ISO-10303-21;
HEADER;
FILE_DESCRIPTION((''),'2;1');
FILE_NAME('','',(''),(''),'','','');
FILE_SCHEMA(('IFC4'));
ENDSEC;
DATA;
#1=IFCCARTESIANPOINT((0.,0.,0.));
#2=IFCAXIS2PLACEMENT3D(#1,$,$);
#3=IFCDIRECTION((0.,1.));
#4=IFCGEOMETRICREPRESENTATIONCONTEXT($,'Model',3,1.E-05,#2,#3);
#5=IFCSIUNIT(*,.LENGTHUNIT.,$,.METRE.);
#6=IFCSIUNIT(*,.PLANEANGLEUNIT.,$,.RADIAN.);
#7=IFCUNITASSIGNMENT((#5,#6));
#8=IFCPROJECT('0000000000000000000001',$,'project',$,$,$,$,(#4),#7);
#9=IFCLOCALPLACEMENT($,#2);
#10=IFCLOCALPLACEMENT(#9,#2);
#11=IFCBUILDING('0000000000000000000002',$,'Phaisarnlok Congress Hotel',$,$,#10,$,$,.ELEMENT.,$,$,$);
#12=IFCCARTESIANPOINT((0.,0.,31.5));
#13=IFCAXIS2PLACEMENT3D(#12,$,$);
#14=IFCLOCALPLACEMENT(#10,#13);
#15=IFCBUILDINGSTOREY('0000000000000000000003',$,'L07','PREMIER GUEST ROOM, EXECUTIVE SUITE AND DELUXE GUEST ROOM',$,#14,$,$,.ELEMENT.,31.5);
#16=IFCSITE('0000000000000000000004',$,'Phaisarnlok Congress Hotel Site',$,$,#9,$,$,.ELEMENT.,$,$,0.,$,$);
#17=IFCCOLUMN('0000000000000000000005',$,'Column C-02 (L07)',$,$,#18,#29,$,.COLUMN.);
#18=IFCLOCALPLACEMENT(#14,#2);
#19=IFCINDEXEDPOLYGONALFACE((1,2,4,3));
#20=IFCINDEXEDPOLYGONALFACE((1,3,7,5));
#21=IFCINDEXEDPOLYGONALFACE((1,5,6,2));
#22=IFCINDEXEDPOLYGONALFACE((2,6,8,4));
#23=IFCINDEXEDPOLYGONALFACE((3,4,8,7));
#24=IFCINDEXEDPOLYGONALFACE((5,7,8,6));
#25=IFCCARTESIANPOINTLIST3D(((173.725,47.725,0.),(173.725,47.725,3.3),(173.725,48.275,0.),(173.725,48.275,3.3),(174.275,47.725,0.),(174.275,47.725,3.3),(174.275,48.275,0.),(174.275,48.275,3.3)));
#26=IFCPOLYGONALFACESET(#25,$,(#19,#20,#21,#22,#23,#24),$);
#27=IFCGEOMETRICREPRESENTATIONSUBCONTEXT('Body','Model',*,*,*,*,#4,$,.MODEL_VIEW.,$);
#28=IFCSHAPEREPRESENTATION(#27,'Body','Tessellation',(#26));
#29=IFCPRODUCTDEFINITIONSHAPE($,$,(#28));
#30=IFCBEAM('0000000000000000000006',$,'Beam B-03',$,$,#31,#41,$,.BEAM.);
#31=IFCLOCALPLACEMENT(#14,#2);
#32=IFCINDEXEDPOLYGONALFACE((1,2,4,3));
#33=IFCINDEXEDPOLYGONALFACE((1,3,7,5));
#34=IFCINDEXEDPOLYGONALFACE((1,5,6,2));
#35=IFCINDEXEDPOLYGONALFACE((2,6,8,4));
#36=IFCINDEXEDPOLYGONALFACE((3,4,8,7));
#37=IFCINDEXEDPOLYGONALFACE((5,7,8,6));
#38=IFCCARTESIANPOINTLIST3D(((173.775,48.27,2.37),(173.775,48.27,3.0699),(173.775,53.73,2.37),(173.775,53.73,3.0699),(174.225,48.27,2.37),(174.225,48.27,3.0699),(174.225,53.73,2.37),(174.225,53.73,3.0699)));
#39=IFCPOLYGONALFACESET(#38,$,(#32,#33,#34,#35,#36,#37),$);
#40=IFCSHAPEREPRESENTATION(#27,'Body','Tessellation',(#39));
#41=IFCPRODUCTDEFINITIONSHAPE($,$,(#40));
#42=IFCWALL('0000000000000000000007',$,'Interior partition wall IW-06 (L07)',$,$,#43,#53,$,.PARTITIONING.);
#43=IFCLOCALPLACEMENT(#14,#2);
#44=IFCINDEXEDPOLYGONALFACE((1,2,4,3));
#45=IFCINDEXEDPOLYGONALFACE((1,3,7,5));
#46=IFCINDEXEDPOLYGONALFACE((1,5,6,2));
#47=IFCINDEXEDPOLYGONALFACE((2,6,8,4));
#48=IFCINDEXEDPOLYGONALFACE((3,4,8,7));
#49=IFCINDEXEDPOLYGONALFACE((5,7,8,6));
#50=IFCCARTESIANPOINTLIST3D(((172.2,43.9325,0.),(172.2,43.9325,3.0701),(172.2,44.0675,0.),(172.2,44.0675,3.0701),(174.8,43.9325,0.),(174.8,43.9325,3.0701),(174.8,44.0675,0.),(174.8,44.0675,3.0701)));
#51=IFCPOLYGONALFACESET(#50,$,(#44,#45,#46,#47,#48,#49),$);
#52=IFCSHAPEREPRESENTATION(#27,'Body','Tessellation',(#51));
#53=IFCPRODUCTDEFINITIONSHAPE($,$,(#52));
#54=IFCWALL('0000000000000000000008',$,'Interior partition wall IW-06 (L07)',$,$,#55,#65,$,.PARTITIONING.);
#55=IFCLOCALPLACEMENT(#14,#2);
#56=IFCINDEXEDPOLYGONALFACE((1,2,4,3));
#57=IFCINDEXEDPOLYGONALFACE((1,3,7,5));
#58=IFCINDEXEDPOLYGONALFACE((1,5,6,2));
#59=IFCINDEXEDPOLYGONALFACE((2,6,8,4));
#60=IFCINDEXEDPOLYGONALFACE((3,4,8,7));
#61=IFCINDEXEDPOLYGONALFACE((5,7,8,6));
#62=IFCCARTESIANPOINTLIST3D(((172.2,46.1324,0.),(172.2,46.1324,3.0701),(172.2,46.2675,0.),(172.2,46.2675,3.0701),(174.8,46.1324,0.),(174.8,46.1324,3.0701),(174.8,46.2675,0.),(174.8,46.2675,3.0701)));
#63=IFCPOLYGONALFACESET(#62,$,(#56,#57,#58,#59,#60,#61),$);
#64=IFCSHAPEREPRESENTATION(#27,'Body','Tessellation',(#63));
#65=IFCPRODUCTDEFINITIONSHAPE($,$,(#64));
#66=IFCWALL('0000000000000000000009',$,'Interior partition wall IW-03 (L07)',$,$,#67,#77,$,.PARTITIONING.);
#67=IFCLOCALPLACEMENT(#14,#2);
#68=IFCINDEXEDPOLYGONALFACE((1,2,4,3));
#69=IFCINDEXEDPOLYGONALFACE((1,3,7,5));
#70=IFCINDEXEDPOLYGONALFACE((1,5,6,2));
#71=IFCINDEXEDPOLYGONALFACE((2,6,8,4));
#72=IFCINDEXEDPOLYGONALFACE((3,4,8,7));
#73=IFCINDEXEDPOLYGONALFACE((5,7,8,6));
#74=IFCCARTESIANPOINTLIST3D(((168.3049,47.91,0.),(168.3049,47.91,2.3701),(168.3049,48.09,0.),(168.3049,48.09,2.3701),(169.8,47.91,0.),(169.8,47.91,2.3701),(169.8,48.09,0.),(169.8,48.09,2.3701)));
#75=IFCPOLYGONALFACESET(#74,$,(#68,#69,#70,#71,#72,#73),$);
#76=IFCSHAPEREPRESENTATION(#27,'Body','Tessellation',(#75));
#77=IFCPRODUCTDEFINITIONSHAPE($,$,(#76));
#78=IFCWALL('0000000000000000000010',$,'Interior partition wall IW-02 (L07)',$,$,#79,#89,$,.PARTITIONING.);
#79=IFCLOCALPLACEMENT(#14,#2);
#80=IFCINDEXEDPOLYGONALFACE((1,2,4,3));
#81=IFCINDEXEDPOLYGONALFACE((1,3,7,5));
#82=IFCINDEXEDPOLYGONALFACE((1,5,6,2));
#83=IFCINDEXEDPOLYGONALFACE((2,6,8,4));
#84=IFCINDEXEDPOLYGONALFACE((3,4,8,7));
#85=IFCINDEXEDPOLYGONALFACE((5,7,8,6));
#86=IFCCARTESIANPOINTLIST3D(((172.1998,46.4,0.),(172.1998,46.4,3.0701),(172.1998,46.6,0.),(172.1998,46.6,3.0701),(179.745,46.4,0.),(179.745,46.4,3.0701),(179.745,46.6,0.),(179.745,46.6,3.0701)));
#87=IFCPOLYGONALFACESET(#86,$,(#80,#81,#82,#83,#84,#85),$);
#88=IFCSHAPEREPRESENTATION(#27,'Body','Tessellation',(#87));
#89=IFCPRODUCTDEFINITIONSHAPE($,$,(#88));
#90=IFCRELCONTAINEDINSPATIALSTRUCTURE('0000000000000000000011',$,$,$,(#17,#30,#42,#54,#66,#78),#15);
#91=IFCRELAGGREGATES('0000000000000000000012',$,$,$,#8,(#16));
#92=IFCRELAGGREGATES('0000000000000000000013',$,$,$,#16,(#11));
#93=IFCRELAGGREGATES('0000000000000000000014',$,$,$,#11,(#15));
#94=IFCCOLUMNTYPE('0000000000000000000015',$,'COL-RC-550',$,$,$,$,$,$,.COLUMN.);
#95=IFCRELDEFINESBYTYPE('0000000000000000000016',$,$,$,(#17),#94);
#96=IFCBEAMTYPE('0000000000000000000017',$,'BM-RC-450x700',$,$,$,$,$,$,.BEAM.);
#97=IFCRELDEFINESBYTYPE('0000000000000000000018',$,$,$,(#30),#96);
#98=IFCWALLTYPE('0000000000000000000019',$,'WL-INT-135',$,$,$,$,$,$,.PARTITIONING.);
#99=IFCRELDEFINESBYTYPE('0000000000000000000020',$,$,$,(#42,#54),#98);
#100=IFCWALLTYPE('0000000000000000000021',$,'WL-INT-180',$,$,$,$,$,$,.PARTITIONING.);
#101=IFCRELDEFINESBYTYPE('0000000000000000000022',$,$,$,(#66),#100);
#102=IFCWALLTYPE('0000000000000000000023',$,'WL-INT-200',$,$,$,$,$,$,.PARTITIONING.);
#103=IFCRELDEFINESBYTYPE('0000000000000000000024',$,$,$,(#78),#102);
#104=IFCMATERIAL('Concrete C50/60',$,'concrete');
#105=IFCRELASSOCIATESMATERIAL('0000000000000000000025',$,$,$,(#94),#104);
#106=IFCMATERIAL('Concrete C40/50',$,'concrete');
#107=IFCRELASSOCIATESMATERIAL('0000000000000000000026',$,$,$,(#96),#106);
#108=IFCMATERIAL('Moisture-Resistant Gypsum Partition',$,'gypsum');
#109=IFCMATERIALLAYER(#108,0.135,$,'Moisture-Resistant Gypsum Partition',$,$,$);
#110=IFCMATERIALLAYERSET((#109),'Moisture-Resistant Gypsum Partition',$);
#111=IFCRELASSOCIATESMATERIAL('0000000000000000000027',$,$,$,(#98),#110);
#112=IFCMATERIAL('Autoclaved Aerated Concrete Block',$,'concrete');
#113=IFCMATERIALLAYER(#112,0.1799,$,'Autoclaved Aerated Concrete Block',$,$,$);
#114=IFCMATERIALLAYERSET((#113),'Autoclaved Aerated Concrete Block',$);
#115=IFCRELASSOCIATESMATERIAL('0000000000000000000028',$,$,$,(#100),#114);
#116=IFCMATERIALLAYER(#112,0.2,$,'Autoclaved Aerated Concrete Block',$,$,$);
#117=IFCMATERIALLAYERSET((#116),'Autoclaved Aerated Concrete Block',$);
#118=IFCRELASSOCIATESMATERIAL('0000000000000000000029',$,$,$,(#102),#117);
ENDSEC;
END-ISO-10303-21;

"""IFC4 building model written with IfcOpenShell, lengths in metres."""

from ifc_helpers import new_model, si_unit, direction, frame, frame_2d, origin, origin_2d, place, context, subcontext, project, spatial, rectangle, extrude, material, layer, layer_set, material_profile, profile_set, type_object, element, save


model = new_model("IFC4")

# Units and contexts
model_context = context("Model", 3, precision=1e-05, world=origin(), true_north=direction((0.0, 1.0)))
body_context = subcontext(model_context, "Body", "Model", "MODEL_VIEW")
ifc_project = project(units=[si_unit("LENGTHUNIT", "METRE"), si_unit("PLANEANGLEUNIT", "RADIAN")], contexts=[model_context])

# Site, building, storey
site_placement = place(None, origin())
site = spatial("IfcSite", under=ifc_project, at=site_placement, Name="Phaisarnlok Congress Hotel Site", CompositionType="ELEMENT", RefElevation=0.0)
building_placement = place(site_placement, origin())
building = spatial("IfcBuilding", under=site, at=building_placement, Name="Phaisarnlok Congress Hotel", CompositionType="ELEMENT")
storey_placement = place(building_placement, frame((0.0, 0.0, 31.5)))
storey = spatial("IfcBuildingStorey", under=building, at=storey_placement, Name="L07", Description="PREMIER GUEST ROOM, EXECUTIVE SUITE AND DELUXE GUEST ROOM", CompositionType="ELEMENT", Elevation=31.5)

# Column
ifc_material_1 = material(Name="Concrete C50/60", Category="concrete")
ifc_material_profile_1 = material_profile(ifc_material_1, rectangle(XDim=0.55, YDim=0.55, at=origin_2d()), Name="RC 550x550")
ifc_profile_set_1 = profile_set([ifc_material_profile_1], Name="Concrete C50/60")
column_type = type_object("IfcColumnType", Name="COL-RC-550", PredefinedType="COLUMN", material=ifc_profile_set_1)
column_placement = place(storey_placement, frame((174.0, 48.0, 0.0), z_axis=(0.0, 0.0, 1.0), x_axis=(1.0, 0.0, 0.0)))
element("IfcColumn", 1, at=column_placement, inside=storey, type_object=column_type, Name="Column C-02 (L07)", PredefinedType="COLUMN", context=body_context, shape_type="SweptSolid", body=[
    extrude(rectangle(XDim=0.55, YDim=0.55, at=origin_2d()), origin(), (0.0, 0.0, 1.0), 3.3),
])

# Beam
ifc_material_2 = material(Name="Concrete C40/50", Category="concrete")
ifc_material_profile_2 = material_profile(ifc_material_2, rectangle(XDim=0.45, YDim=0.7, at=origin_2d()), Name="RC 450x700")
ifc_profile_set_2 = profile_set([ifc_material_profile_2], Name="Concrete C40/50")
beam_type = type_object("IfcBeamType", Name="BM-RC-450x700", PredefinedType="BEAM", material=ifc_profile_set_2)
beam_placement = place(storey_placement, frame((174.0, 48.27, 2.72), z_axis=(0.0, 1.0, 0.0), x_axis=(-1.0, 0.0, 0.0)))
element("IfcBeam", 2, at=beam_placement, inside=storey, type_object=beam_type, Name="Beam B-03", PredefinedType="BEAM", context=body_context, shape_type="SweptSolid", body=[
    extrude(rectangle(XDim=0.45, YDim=0.7, at=origin_2d()), origin(), (0.0, 0.0, 1.0), 5.46),
])

# Walls
ifc_material_3 = material(Name="Moisture-Resistant Gypsum Partition", Category="gypsum")
ifc_layer_1 = layer(ifc_material_3, 0.135, Name="Moisture-Resistant Gypsum Partition")
ifc_layer_set_1 = layer_set([ifc_layer_1], Name="Moisture-Resistant Gypsum Partition")
wall_type_1 = type_object("IfcWallType", Name="WL-INT-135", PredefinedType="PARTITIONING", material=ifc_layer_set_1)
for number, where, z_axis, x_axis, name in (
    (3, (172.2, 44.0, 0.0), (0.0, 0.0, 1.0), (1.0, 0.0, 0.0), "Interior partition wall IW-06 (L07)"),
    (4, (172.2, 46.2, 0.0), (0.0, 0.0, 1.0), (1.0, 0.0, 0.0), "Interior partition wall IW-06 (L07)"),
):
    element("IfcWall", number, at=place(storey_placement, frame(where, z_axis=z_axis, x_axis=x_axis)), inside=storey, type_object=wall_type_1, Name=name, PredefinedType="PARTITIONING", context=body_context, shape_type="SweptSolid", body=[
        extrude(rectangle(XDim=2.6001, YDim=0.135, at=frame_2d((1.3, 0.0))), origin(), (0.0, 0.0, 1.0), 3.0701),
    ])
ifc_material_4 = material(Name="Autoclaved Aerated Concrete Block", Category="concrete")
ifc_layer_2 = layer(ifc_material_4, 0.1799, Name="Autoclaved Aerated Concrete Block")
ifc_layer_set_2 = layer_set([ifc_layer_2], Name="Autoclaved Aerated Concrete Block")
wall_type_2 = type_object("IfcWallType", Name="WL-INT-180", PredefinedType="PARTITIONING", material=ifc_layer_set_2)
wall_1_placement = place(storey_placement, frame((168.3049, 48.0, 0.0), z_axis=(0.0, 0.0, 1.0), x_axis=(1.0, 0.0, 0.0)))
element("IfcWall", 5, at=wall_1_placement, inside=storey, type_object=wall_type_2, Name="Interior partition wall IW-03 (L07)", PredefinedType="PARTITIONING", context=body_context, shape_type="SweptSolid", body=[
    extrude(rectangle(XDim=1.4951, YDim=0.1799, at=frame_2d((0.7476, 0.0))), origin(), (0.0, 0.0, 1.0), 2.3701),
])
ifc_layer_3 = layer(ifc_material_4, 0.2, Name="Autoclaved Aerated Concrete Block")
ifc_layer_set_3 = layer_set([ifc_layer_3], Name="Autoclaved Aerated Concrete Block")
wall_type_3 = type_object("IfcWallType", Name="WL-INT-200", PredefinedType="PARTITIONING", material=ifc_layer_set_3)
wall_2_placement = place(storey_placement, frame((172.2, 46.5, 0.0), z_axis=(0.0, 0.0, 1.0), x_axis=(1.0, 0.0, 0.0)))
element("IfcWall", 6, at=wall_2_placement, inside=storey, type_object=wall_type_3, Name="Interior partition wall IW-02 (L07)", PredefinedType="PARTITIONING", context=body_context, shape_type="SweptSolid", body=[
    extrude(rectangle(XDim=7.5452, YDim=0.2, at=frame_2d((3.7725, 0.0))), origin(), (0.0, 0.0, 1.0), 3.0701),
])

save(model, "model.ifc")
